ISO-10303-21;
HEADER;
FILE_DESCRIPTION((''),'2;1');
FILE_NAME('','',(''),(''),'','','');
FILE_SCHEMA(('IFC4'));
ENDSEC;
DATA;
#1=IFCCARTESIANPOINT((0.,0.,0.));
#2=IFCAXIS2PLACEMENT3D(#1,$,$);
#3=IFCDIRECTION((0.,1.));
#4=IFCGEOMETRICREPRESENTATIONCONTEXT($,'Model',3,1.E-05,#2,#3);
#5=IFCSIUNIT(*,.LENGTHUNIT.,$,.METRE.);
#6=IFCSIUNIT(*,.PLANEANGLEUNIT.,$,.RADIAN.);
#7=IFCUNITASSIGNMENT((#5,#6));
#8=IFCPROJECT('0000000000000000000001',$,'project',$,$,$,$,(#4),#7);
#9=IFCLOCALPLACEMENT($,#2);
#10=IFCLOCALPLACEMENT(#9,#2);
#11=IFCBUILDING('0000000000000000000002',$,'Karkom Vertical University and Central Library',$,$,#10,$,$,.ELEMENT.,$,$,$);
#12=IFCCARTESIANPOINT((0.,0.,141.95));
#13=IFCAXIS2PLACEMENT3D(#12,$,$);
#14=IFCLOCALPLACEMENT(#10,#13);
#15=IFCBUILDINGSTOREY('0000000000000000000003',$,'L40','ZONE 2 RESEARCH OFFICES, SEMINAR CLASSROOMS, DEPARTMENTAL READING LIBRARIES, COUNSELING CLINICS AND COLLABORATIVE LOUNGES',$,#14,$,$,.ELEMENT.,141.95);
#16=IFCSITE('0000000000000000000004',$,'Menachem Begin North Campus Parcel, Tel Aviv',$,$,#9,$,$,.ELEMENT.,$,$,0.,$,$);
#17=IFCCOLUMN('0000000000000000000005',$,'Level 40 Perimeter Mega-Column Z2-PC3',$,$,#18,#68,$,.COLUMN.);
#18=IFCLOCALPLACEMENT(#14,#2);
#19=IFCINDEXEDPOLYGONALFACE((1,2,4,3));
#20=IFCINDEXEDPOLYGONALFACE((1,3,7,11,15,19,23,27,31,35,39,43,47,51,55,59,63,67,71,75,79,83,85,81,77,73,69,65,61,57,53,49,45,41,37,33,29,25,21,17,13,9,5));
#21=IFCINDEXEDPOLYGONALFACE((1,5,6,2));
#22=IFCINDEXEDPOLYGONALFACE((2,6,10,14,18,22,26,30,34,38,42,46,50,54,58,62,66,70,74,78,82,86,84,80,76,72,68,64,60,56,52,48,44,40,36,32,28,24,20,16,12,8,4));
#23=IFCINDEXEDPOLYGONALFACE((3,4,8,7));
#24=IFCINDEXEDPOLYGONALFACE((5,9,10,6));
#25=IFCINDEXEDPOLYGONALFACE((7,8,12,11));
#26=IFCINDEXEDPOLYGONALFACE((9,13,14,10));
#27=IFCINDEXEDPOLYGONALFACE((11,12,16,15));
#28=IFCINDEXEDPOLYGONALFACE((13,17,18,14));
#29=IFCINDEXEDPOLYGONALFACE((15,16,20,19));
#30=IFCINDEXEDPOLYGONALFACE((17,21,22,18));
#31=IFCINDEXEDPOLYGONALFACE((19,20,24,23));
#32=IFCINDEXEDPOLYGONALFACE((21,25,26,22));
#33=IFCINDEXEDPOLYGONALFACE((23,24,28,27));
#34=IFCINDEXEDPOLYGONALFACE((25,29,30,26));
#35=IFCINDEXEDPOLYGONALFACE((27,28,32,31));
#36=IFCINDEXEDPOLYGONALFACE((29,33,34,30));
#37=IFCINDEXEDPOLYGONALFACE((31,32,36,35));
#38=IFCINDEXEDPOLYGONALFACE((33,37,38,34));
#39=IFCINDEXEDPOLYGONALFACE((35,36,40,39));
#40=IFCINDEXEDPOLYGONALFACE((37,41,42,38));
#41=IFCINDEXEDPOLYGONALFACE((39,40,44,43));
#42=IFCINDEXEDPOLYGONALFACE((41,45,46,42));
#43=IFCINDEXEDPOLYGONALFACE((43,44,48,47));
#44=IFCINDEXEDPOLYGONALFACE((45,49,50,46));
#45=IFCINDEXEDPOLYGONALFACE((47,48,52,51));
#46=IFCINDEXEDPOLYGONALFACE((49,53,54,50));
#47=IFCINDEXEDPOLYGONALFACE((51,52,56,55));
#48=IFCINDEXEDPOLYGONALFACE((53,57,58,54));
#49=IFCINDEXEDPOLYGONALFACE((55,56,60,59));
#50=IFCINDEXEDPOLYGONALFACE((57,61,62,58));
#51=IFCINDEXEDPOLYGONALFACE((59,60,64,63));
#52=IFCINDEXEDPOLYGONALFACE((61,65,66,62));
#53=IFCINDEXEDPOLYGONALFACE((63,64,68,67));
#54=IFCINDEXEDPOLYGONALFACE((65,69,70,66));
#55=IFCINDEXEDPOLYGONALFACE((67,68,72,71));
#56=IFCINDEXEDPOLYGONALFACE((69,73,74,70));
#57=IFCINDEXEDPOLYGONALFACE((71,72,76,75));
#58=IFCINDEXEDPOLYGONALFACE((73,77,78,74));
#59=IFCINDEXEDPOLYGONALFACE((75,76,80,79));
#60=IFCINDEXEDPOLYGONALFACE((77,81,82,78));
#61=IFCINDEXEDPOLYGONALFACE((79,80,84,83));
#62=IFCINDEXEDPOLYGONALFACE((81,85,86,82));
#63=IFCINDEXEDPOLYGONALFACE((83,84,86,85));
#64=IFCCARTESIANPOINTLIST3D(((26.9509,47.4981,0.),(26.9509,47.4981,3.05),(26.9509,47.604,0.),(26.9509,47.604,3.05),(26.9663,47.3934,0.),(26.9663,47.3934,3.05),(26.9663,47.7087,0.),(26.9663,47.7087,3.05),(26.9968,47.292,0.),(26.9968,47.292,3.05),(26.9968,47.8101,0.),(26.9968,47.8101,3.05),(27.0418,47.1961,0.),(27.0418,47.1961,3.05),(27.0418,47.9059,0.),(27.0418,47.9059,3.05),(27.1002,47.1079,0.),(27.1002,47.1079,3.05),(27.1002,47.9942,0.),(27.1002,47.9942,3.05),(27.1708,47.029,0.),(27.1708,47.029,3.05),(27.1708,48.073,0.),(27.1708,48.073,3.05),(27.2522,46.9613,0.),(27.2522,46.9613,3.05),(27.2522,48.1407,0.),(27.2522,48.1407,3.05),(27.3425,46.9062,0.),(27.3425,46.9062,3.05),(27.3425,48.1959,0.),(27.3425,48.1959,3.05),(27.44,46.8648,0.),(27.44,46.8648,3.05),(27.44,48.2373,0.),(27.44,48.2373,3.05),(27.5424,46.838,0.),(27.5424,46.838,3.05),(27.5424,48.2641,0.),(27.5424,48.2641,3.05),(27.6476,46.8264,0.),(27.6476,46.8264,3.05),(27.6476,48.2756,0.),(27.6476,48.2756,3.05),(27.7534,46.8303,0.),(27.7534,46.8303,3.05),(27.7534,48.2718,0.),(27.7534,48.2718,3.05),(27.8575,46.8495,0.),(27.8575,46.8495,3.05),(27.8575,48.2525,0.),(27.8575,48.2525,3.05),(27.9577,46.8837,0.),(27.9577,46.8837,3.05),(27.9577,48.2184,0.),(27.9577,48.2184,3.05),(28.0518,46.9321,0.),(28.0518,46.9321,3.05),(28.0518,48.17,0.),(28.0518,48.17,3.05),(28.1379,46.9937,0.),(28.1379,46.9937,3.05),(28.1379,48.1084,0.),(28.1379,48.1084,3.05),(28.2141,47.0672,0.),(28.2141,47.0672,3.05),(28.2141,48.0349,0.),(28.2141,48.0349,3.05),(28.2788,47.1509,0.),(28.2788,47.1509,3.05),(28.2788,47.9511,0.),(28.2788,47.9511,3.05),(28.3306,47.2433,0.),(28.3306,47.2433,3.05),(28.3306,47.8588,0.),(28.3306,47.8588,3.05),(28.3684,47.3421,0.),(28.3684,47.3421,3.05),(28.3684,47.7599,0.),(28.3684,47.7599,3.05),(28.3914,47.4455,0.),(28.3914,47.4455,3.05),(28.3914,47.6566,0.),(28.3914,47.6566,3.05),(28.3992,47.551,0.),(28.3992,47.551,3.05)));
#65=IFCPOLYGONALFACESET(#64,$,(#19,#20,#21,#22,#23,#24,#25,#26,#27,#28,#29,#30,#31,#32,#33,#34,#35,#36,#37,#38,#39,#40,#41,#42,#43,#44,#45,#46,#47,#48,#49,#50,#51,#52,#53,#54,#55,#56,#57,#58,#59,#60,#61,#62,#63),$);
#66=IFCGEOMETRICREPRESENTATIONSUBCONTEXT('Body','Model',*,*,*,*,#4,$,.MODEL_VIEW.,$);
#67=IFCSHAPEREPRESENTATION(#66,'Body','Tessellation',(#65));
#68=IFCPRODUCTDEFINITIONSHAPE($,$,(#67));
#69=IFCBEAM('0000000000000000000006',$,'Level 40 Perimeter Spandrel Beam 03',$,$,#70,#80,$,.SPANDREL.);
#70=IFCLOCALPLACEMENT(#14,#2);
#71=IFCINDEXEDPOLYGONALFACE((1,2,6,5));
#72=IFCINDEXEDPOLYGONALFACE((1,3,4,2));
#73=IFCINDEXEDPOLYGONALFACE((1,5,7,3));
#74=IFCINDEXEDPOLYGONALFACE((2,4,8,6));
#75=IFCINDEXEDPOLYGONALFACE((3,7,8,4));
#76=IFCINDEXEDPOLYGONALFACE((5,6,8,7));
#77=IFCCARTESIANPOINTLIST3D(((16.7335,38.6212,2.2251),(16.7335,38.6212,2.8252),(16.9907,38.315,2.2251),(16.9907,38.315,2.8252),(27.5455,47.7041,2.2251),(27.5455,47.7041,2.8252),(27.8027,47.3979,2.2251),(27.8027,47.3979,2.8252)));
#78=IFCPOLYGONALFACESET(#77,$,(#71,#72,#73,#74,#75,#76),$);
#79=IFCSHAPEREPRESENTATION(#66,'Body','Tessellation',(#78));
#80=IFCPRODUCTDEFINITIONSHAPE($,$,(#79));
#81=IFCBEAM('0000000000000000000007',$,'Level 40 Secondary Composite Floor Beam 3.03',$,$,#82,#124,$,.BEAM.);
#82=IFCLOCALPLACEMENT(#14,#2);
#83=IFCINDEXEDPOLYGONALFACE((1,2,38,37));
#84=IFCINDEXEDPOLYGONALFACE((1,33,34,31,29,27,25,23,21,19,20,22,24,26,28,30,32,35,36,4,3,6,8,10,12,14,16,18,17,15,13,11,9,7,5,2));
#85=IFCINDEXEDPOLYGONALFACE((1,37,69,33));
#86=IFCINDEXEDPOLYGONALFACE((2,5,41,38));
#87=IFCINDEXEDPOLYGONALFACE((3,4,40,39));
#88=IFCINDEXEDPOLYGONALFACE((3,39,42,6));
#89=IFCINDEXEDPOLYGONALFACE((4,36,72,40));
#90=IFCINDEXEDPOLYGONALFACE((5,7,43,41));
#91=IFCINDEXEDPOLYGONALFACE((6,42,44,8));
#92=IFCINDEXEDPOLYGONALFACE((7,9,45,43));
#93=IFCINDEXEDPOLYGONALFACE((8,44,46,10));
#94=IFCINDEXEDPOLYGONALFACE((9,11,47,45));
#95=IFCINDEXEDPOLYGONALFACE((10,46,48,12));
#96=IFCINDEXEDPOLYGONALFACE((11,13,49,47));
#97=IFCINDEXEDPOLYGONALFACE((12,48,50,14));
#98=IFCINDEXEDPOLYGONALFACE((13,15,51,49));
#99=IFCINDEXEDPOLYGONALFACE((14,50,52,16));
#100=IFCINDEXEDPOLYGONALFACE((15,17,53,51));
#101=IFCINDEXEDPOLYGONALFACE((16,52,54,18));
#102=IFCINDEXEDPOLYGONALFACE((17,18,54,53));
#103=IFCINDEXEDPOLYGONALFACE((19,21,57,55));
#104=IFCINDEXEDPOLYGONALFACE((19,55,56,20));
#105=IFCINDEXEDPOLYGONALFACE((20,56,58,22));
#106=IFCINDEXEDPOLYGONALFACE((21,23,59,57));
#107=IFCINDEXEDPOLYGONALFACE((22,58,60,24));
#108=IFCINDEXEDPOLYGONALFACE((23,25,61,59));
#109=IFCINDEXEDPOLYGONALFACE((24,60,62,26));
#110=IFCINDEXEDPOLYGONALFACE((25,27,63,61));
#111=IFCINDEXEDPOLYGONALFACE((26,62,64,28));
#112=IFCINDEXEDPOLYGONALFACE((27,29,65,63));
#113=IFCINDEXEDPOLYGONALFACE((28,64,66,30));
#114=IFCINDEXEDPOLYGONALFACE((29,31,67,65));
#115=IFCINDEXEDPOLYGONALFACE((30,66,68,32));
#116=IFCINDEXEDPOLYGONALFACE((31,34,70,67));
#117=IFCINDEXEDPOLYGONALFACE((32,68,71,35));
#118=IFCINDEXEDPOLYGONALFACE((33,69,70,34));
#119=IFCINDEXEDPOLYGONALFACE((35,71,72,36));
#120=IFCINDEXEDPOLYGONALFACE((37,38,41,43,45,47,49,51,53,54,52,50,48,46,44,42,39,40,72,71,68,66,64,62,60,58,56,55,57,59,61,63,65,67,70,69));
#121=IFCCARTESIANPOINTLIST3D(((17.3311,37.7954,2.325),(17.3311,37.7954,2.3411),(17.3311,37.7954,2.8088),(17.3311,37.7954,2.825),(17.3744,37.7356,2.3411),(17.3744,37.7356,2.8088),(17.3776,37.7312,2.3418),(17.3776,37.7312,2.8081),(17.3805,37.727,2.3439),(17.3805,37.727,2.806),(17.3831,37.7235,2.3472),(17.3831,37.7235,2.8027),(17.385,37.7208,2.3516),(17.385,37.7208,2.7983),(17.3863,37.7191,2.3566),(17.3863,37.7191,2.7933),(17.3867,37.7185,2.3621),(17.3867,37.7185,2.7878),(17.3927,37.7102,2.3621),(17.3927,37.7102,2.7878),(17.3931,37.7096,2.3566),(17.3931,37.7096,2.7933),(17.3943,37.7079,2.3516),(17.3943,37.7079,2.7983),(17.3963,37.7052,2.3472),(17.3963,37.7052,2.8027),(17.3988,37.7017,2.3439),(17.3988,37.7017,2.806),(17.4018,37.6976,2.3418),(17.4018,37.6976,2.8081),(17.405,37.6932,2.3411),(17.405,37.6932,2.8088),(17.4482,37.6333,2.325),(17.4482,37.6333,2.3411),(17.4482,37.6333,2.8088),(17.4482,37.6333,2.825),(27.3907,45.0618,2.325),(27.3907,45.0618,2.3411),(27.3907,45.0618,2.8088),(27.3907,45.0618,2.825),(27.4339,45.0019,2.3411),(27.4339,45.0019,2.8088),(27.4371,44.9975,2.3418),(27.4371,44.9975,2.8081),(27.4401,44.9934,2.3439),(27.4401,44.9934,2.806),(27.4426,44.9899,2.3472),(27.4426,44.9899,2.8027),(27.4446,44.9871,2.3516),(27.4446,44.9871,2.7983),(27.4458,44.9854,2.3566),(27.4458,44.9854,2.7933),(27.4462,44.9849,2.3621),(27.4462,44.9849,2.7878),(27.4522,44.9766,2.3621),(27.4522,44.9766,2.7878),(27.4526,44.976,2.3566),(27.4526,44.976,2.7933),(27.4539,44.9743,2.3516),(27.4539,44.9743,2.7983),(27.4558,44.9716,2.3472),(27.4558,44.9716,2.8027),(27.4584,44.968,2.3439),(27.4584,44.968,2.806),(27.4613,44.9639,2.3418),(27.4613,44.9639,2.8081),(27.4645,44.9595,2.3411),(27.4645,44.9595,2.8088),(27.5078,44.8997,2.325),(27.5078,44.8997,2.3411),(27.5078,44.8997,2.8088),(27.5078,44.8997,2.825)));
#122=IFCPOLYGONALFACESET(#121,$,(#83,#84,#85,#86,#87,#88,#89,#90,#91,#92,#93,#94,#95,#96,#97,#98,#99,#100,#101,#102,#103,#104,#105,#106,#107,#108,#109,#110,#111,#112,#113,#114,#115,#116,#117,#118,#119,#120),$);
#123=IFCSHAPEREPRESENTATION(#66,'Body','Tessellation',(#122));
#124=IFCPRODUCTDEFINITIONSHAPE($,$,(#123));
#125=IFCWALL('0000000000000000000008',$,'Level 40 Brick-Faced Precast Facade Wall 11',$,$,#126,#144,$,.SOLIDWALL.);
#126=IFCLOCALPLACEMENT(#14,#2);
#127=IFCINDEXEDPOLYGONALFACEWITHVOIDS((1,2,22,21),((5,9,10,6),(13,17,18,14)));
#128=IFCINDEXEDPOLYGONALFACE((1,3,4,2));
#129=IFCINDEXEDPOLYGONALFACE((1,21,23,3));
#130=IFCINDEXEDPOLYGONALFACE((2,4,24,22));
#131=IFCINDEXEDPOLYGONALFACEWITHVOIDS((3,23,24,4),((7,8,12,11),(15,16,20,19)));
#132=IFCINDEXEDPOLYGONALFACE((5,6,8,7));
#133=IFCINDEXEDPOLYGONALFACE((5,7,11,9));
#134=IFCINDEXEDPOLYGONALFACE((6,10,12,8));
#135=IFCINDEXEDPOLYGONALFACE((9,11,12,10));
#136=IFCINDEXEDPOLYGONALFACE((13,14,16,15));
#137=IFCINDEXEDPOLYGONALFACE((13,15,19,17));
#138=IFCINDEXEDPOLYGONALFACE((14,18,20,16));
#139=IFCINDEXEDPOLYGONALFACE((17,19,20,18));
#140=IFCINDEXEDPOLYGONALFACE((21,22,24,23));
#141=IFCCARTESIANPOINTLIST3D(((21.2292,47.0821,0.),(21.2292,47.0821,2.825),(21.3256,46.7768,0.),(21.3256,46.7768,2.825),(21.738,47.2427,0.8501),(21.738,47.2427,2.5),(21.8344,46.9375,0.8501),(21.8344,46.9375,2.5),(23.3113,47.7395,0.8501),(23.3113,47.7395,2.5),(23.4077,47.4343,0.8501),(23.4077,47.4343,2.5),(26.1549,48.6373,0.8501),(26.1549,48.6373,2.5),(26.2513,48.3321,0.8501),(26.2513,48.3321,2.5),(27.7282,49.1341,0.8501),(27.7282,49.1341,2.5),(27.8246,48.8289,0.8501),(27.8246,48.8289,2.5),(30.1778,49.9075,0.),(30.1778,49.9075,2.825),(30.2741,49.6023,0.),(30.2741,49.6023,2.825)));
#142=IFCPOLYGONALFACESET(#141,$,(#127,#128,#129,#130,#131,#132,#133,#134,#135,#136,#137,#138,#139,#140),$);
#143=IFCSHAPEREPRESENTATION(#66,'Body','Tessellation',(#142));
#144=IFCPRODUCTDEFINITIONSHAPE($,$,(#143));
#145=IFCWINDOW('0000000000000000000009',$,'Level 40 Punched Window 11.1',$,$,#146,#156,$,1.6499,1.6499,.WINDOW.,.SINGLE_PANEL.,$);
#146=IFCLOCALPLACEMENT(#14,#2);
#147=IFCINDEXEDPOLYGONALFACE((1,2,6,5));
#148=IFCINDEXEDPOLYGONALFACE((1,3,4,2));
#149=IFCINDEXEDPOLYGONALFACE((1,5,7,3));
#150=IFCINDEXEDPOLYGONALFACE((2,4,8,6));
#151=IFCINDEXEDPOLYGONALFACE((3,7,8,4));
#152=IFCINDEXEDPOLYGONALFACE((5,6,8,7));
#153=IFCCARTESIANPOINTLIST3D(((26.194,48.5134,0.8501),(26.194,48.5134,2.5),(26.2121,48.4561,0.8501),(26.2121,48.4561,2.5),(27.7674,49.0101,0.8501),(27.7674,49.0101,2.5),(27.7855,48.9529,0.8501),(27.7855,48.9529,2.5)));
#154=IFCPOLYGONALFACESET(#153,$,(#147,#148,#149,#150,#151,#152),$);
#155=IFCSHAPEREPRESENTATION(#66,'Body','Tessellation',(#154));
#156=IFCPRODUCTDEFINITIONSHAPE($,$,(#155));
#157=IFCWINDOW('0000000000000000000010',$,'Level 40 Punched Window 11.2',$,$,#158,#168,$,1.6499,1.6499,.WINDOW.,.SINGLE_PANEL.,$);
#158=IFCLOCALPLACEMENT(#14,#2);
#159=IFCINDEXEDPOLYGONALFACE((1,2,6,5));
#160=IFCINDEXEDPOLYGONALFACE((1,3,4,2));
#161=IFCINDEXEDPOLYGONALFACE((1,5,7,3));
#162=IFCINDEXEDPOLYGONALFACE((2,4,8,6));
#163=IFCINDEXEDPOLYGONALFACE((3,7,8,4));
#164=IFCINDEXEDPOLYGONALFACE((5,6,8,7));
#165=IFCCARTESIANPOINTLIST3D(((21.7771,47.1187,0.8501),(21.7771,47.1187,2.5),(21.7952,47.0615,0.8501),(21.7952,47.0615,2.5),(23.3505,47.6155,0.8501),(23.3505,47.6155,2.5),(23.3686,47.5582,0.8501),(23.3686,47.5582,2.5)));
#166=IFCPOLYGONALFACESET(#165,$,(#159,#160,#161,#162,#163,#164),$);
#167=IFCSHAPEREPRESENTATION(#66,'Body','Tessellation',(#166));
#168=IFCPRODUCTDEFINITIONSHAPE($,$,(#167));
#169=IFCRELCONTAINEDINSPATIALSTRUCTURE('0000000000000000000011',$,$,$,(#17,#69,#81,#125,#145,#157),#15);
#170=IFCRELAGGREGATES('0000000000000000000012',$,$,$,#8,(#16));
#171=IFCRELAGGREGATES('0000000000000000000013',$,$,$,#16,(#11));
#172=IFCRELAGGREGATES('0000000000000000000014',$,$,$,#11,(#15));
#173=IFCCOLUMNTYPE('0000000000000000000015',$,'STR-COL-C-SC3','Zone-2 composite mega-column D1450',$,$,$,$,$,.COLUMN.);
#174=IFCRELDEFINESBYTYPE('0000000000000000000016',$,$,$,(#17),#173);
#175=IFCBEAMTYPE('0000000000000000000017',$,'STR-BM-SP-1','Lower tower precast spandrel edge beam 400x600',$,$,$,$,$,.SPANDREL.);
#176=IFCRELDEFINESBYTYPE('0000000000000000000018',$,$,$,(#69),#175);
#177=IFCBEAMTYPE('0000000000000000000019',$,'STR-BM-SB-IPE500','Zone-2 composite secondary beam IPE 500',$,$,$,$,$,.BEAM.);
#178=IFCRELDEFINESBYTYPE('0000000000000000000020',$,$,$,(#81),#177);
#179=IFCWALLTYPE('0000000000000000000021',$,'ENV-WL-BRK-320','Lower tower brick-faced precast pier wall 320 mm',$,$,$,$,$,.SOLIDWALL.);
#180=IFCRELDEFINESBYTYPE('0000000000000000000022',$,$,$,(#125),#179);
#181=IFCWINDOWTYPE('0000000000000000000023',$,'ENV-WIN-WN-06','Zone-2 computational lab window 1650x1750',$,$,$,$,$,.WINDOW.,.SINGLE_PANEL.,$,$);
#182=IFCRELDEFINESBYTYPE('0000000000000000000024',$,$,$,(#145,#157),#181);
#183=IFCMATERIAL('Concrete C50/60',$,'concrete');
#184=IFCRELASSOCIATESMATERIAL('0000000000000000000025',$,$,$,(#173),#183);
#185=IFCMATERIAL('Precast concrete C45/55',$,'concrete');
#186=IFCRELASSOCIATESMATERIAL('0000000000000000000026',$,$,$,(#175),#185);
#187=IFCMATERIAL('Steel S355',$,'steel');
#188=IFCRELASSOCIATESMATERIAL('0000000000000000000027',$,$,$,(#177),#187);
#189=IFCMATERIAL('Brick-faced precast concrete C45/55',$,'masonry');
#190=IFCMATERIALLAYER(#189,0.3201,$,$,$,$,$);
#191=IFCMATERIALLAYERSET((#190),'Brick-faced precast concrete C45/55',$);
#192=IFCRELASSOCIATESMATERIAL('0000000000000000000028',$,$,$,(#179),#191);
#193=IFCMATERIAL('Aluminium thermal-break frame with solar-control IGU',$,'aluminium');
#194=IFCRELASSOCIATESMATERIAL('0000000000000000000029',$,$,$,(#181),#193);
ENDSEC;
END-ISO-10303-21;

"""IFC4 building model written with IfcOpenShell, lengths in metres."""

from ifc_helpers import new_model, si_unit, direction, frame, frame_2d, origin, origin_with_axes, origin_2d, place, context, subcontext, project, spatial, rectangle, circle, i_section, extrude, source, transform, mapped, material, layer, layer_set, material_profile, profile_set, type_object, element, fill, save


model = new_model("IFC4")

# Units and contexts
model_context = context("Model", 3, precision=1e-05, world=origin(), true_north=direction((0.0, 1.0)))
body_context = subcontext(model_context, "Body", "Model", "MODEL_VIEW")
ifc_project = project(units=[si_unit("LENGTHUNIT", "METRE"), si_unit("PLANEANGLEUNIT", "RADIAN")], contexts=[model_context])

# Site, building, storey
site_placement = place(None, origin())
site = spatial("IfcSite", under=ifc_project, at=site_placement, Name="Menachem Begin North Campus Parcel, Tel Aviv", CompositionType="ELEMENT", RefElevation=0.0)
building_placement = place(site_placement, origin())
building = spatial("IfcBuilding", under=site, at=building_placement, Name="Karkom Vertical University and Central Library", CompositionType="ELEMENT")
storey_placement = place(building_placement, frame((0.0, 0.0, 141.95)))
storey = spatial("IfcBuildingStorey", under=building, at=storey_placement, Name="L40", Description="ZONE 2 RESEARCH OFFICES, SEMINAR CLASSROOMS, DEPARTMENTAL READING LIBRARIES, COUNSELING CLINICS AND COLLABORATIVE LOUNGES", CompositionType="ELEMENT", Elevation=141.95)

# Column
ifc_material_1 = material(Name="Concrete C50/60", Category="concrete")
ifc_material_profile_1 = material_profile(ifc_material_1, circle(Radius=0.7251, at=origin_2d()), Name="CFT-D1450")
ifc_profile_set_1 = profile_set([ifc_material_profile_1], Name="Concrete C50/60")
column_type = type_object("IfcColumnType", Name="STR-COL-C-SC3", Description="Zone-2 composite mega-column D1450", PredefinedType="COLUMN", material=ifc_profile_set_1)
shared_shape_1 = source(origin_with_axes(), body_context, "Body", "SweptSolid", [
    extrude(circle(Radius=0.7251, at=origin_2d()), origin(), (0.0, 0.0, 1.0), 3.05),
])
column_placement = place(storey_placement, frame((27.6741, 47.551, 0.0), z_axis=(0.0, 0.0, 1.0), x_axis=(1.0, 0.0, 0.0)))
element("IfcColumn", 1, at=column_placement, inside=storey, type_object=column_type, Name="Level 40 Perimeter Mega-Column Z2-PC3", PredefinedType="COLUMN", context=body_context, shape_type="MappedRepresentation", body=[
    mapped(shared_shape_1, transform((0.0, 0.0, 0.0), scale=1.0)),
])

# Beams
ifc_material_2 = material(Name="Precast concrete C45/55", Category="concrete")
ifc_material_profile_2 = material_profile(ifc_material_2, rectangle(XDim=0.3999, YDim=0.6001, at=origin_2d()), Name="SPB-400x600")
ifc_profile_set_2 = profile_set([ifc_material_profile_2], Name="Precast concrete C45/55")
beam_type_1 = type_object("IfcBeamType", Name="STR-BM-SP-1", Description="Lower tower precast spandrel edge beam 400x600", PredefinedType="SPANDREL", material=ifc_profile_set_2)
shared_shape_2 = source(origin_with_axes(), body_context, "Body", "SweptSolid", [
    extrude(rectangle(XDim=0.3999, YDim=0.6001, at=origin_2d()), origin(), (0.0, 0.0, 1.0), 14.1208),
])
beam_1_placement = place(storey_placement, frame((27.6741, 47.551, 2.5251), z_axis=(-0.765673, -0.64323, 0.0), x_axis=(0.64323, -0.765673, 0.0)))
element("IfcBeam", 2, at=beam_1_placement, inside=storey, type_object=beam_type_1, Name="Level 40 Perimeter Spandrel Beam 03", PredefinedType="SPANDREL", context=body_context, shape_type="MappedRepresentation", body=[
    mapped(shared_shape_2, transform((0.0, 0.0, 0.0), scale=1.0)),
])
ifc_material_3 = material(Name="Steel S355", Category="steel")
ifc_material_profile_3 = material_profile(ifc_material_3, i_section(OverallWidth=0.2, OverallDepth=0.5, WebThickness=0.0103, FlangeThickness=0.0161, FilletRadius=0.021, at=origin_2d()), Name="IPE 500")
ifc_profile_set_3 = profile_set([ifc_material_profile_3], Name="Steel S355")
beam_type_2 = type_object("IfcBeamType", Name="STR-BM-SB-IPE500", Description="Zone-2 composite secondary beam IPE 500", PredefinedType="BEAM", material=ifc_profile_set_3)
shared_shape_3 = source(origin_with_axes(), body_context, "Body", "SweptSolid", [
    extrude(i_section(OverallWidth=0.2, OverallDepth=0.5, WebThickness=0.0103, FlangeThickness=0.0161, FilletRadius=0.021, at=origin_2d()), origin(), (0.0, 0.0, 1.0), 12.4094),
])
beam_2_placement = place(storey_placement, frame((27.4492, 44.9807, 2.575), z_axis=(-0.810637, -0.585549, 0.0), x_axis=(0.585549, -0.810637, 0.0)))
element("IfcBeam", 3, at=beam_2_placement, inside=storey, type_object=beam_type_2, Name="Level 40 Secondary Composite Floor Beam 3.03", PredefinedType="BEAM", context=body_context, shape_type="MappedRepresentation", body=[
    mapped(shared_shape_3, transform((0.0, 0.0, 0.0), scale=1.0)),
])

# Wall, openings, windows
ifc_material_4 = material(Name="Brick-faced precast concrete C45/55", Category="masonry")
ifc_layer_1 = layer(ifc_material_4, 0.3201)
ifc_layer_set_1 = layer_set([ifc_layer_1], Name="Brick-faced precast concrete C45/55")
wall_type_1 = type_object("IfcWallType", Name="ENV-WL-BRK-320", Description="Lower tower brick-faced precast pier wall 320 mm", PredefinedType="SOLIDWALL", material=ifc_layer_set_1)
wall_1_placement = place(storey_placement, frame((30.2258, 49.7549, 0.0), z_axis=(0.0, 0.0, 1.0), x_axis=(-0.953595, -0.301093, 0.0)))
wall_1 = element("IfcWall", 4, at=wall_1_placement, inside=storey, type_object=wall_type_1, Name="Level 40 Brick-Faced Precast Facade Wall 11", PredefinedType="SOLIDWALL", context=body_context, shape_type="SweptSolid", body=[
    extrude(rectangle(XDim=9.384, YDim=0.3201, at=frame_2d((4.6919, 0.0))), origin(), (0.0, 0.0, 1.0), 2.825),
])
opening_1_placement = place(wall_1_placement, frame((2.5686, 0.0, 0.8501)))
opening_1 = element("IfcOpeningElement", 5, at=opening_1_placement, cuts=wall_1, PredefinedType="OPENING", context=body_context, shape_type="SweptSolid", body=[
    extrude(rectangle(XDim=1.6499, YDim=1.6499, at=frame_2d((0.825, 0.825))), frame((0.0, 0.1699, 0.0), z_axis=(0.0, -1.0, 0.0), x_axis=(1.0, 0.0, 0.0)), (0.0, 0.0, 1.0), 0.3401),
])
opening_2_placement = place(wall_1_placement, frame((7.2004, 0.0, 0.8501)))
opening_2 = element("IfcOpeningElement", 6, at=opening_2_placement, cuts=wall_1, PredefinedType="OPENING", context=body_context, shape_type="SweptSolid", body=[
    extrude(rectangle(XDim=1.6499, YDim=1.6499, at=frame_2d((0.825, 0.825))), frame((0.0, 0.1699, 0.0), z_axis=(0.0, -1.0, 0.0), x_axis=(1.0, 0.0, 0.0)), (0.0, 0.0, 1.0), 0.3401),
])
ifc_material_5 = material(Name="Aluminium thermal-break frame with solar-control IGU", Category="aluminium")
window_type = type_object("IfcWindowType", Name="ENV-WIN-WN-06", Description="Zone-2 computational lab window 1650x1750", PartitioningType="SINGLE_PANEL", PredefinedType="WINDOW", material=ifc_material_5)
shared_shape_4 = source(origin_with_axes(), body_context, "Body", "SweptSolid", [
    extrude(rectangle(XDim=1.6499, YDim=1.6499, at=frame_2d((0.825, 0.825))), frame((0.0, 0.03, 0.0), z_axis=(0.0, -1.0, 0.0), x_axis=(1.0, 0.0, 0.0)), (0.0, 0.0, 1.0), 0.0601),
])
window_1_placement = place(opening_1_placement, origin())
window_1 = element("IfcWindow", 7, at=window_1_placement, inside=storey, type_object=window_type, Name="Level 40 Punched Window 11.1", OverallHeight=1.6499, OverallWidth=1.6499, PartitioningType="SINGLE_PANEL", PredefinedType="WINDOW", context=body_context, shape_type="MappedRepresentation", body=[
    mapped(shared_shape_4, transform((0.0, 0.0, 0.0), scale=1.0)),
])
fill(opening_1, window_1)
window_2_placement = place(opening_2_placement, origin())
window_2 = element("IfcWindow", 8, at=window_2_placement, inside=storey, type_object=window_type, Name="Level 40 Punched Window 11.2", OverallHeight=1.6499, OverallWidth=1.6499, PartitioningType="SINGLE_PANEL", PredefinedType="WINDOW", context=body_context, shape_type="MappedRepresentation", body=[
    mapped(shared_shape_4, transform((0.0, 0.0, 0.0), scale=1.0)),
])
fill(opening_2, window_2)

save(model, "model.ifc")
